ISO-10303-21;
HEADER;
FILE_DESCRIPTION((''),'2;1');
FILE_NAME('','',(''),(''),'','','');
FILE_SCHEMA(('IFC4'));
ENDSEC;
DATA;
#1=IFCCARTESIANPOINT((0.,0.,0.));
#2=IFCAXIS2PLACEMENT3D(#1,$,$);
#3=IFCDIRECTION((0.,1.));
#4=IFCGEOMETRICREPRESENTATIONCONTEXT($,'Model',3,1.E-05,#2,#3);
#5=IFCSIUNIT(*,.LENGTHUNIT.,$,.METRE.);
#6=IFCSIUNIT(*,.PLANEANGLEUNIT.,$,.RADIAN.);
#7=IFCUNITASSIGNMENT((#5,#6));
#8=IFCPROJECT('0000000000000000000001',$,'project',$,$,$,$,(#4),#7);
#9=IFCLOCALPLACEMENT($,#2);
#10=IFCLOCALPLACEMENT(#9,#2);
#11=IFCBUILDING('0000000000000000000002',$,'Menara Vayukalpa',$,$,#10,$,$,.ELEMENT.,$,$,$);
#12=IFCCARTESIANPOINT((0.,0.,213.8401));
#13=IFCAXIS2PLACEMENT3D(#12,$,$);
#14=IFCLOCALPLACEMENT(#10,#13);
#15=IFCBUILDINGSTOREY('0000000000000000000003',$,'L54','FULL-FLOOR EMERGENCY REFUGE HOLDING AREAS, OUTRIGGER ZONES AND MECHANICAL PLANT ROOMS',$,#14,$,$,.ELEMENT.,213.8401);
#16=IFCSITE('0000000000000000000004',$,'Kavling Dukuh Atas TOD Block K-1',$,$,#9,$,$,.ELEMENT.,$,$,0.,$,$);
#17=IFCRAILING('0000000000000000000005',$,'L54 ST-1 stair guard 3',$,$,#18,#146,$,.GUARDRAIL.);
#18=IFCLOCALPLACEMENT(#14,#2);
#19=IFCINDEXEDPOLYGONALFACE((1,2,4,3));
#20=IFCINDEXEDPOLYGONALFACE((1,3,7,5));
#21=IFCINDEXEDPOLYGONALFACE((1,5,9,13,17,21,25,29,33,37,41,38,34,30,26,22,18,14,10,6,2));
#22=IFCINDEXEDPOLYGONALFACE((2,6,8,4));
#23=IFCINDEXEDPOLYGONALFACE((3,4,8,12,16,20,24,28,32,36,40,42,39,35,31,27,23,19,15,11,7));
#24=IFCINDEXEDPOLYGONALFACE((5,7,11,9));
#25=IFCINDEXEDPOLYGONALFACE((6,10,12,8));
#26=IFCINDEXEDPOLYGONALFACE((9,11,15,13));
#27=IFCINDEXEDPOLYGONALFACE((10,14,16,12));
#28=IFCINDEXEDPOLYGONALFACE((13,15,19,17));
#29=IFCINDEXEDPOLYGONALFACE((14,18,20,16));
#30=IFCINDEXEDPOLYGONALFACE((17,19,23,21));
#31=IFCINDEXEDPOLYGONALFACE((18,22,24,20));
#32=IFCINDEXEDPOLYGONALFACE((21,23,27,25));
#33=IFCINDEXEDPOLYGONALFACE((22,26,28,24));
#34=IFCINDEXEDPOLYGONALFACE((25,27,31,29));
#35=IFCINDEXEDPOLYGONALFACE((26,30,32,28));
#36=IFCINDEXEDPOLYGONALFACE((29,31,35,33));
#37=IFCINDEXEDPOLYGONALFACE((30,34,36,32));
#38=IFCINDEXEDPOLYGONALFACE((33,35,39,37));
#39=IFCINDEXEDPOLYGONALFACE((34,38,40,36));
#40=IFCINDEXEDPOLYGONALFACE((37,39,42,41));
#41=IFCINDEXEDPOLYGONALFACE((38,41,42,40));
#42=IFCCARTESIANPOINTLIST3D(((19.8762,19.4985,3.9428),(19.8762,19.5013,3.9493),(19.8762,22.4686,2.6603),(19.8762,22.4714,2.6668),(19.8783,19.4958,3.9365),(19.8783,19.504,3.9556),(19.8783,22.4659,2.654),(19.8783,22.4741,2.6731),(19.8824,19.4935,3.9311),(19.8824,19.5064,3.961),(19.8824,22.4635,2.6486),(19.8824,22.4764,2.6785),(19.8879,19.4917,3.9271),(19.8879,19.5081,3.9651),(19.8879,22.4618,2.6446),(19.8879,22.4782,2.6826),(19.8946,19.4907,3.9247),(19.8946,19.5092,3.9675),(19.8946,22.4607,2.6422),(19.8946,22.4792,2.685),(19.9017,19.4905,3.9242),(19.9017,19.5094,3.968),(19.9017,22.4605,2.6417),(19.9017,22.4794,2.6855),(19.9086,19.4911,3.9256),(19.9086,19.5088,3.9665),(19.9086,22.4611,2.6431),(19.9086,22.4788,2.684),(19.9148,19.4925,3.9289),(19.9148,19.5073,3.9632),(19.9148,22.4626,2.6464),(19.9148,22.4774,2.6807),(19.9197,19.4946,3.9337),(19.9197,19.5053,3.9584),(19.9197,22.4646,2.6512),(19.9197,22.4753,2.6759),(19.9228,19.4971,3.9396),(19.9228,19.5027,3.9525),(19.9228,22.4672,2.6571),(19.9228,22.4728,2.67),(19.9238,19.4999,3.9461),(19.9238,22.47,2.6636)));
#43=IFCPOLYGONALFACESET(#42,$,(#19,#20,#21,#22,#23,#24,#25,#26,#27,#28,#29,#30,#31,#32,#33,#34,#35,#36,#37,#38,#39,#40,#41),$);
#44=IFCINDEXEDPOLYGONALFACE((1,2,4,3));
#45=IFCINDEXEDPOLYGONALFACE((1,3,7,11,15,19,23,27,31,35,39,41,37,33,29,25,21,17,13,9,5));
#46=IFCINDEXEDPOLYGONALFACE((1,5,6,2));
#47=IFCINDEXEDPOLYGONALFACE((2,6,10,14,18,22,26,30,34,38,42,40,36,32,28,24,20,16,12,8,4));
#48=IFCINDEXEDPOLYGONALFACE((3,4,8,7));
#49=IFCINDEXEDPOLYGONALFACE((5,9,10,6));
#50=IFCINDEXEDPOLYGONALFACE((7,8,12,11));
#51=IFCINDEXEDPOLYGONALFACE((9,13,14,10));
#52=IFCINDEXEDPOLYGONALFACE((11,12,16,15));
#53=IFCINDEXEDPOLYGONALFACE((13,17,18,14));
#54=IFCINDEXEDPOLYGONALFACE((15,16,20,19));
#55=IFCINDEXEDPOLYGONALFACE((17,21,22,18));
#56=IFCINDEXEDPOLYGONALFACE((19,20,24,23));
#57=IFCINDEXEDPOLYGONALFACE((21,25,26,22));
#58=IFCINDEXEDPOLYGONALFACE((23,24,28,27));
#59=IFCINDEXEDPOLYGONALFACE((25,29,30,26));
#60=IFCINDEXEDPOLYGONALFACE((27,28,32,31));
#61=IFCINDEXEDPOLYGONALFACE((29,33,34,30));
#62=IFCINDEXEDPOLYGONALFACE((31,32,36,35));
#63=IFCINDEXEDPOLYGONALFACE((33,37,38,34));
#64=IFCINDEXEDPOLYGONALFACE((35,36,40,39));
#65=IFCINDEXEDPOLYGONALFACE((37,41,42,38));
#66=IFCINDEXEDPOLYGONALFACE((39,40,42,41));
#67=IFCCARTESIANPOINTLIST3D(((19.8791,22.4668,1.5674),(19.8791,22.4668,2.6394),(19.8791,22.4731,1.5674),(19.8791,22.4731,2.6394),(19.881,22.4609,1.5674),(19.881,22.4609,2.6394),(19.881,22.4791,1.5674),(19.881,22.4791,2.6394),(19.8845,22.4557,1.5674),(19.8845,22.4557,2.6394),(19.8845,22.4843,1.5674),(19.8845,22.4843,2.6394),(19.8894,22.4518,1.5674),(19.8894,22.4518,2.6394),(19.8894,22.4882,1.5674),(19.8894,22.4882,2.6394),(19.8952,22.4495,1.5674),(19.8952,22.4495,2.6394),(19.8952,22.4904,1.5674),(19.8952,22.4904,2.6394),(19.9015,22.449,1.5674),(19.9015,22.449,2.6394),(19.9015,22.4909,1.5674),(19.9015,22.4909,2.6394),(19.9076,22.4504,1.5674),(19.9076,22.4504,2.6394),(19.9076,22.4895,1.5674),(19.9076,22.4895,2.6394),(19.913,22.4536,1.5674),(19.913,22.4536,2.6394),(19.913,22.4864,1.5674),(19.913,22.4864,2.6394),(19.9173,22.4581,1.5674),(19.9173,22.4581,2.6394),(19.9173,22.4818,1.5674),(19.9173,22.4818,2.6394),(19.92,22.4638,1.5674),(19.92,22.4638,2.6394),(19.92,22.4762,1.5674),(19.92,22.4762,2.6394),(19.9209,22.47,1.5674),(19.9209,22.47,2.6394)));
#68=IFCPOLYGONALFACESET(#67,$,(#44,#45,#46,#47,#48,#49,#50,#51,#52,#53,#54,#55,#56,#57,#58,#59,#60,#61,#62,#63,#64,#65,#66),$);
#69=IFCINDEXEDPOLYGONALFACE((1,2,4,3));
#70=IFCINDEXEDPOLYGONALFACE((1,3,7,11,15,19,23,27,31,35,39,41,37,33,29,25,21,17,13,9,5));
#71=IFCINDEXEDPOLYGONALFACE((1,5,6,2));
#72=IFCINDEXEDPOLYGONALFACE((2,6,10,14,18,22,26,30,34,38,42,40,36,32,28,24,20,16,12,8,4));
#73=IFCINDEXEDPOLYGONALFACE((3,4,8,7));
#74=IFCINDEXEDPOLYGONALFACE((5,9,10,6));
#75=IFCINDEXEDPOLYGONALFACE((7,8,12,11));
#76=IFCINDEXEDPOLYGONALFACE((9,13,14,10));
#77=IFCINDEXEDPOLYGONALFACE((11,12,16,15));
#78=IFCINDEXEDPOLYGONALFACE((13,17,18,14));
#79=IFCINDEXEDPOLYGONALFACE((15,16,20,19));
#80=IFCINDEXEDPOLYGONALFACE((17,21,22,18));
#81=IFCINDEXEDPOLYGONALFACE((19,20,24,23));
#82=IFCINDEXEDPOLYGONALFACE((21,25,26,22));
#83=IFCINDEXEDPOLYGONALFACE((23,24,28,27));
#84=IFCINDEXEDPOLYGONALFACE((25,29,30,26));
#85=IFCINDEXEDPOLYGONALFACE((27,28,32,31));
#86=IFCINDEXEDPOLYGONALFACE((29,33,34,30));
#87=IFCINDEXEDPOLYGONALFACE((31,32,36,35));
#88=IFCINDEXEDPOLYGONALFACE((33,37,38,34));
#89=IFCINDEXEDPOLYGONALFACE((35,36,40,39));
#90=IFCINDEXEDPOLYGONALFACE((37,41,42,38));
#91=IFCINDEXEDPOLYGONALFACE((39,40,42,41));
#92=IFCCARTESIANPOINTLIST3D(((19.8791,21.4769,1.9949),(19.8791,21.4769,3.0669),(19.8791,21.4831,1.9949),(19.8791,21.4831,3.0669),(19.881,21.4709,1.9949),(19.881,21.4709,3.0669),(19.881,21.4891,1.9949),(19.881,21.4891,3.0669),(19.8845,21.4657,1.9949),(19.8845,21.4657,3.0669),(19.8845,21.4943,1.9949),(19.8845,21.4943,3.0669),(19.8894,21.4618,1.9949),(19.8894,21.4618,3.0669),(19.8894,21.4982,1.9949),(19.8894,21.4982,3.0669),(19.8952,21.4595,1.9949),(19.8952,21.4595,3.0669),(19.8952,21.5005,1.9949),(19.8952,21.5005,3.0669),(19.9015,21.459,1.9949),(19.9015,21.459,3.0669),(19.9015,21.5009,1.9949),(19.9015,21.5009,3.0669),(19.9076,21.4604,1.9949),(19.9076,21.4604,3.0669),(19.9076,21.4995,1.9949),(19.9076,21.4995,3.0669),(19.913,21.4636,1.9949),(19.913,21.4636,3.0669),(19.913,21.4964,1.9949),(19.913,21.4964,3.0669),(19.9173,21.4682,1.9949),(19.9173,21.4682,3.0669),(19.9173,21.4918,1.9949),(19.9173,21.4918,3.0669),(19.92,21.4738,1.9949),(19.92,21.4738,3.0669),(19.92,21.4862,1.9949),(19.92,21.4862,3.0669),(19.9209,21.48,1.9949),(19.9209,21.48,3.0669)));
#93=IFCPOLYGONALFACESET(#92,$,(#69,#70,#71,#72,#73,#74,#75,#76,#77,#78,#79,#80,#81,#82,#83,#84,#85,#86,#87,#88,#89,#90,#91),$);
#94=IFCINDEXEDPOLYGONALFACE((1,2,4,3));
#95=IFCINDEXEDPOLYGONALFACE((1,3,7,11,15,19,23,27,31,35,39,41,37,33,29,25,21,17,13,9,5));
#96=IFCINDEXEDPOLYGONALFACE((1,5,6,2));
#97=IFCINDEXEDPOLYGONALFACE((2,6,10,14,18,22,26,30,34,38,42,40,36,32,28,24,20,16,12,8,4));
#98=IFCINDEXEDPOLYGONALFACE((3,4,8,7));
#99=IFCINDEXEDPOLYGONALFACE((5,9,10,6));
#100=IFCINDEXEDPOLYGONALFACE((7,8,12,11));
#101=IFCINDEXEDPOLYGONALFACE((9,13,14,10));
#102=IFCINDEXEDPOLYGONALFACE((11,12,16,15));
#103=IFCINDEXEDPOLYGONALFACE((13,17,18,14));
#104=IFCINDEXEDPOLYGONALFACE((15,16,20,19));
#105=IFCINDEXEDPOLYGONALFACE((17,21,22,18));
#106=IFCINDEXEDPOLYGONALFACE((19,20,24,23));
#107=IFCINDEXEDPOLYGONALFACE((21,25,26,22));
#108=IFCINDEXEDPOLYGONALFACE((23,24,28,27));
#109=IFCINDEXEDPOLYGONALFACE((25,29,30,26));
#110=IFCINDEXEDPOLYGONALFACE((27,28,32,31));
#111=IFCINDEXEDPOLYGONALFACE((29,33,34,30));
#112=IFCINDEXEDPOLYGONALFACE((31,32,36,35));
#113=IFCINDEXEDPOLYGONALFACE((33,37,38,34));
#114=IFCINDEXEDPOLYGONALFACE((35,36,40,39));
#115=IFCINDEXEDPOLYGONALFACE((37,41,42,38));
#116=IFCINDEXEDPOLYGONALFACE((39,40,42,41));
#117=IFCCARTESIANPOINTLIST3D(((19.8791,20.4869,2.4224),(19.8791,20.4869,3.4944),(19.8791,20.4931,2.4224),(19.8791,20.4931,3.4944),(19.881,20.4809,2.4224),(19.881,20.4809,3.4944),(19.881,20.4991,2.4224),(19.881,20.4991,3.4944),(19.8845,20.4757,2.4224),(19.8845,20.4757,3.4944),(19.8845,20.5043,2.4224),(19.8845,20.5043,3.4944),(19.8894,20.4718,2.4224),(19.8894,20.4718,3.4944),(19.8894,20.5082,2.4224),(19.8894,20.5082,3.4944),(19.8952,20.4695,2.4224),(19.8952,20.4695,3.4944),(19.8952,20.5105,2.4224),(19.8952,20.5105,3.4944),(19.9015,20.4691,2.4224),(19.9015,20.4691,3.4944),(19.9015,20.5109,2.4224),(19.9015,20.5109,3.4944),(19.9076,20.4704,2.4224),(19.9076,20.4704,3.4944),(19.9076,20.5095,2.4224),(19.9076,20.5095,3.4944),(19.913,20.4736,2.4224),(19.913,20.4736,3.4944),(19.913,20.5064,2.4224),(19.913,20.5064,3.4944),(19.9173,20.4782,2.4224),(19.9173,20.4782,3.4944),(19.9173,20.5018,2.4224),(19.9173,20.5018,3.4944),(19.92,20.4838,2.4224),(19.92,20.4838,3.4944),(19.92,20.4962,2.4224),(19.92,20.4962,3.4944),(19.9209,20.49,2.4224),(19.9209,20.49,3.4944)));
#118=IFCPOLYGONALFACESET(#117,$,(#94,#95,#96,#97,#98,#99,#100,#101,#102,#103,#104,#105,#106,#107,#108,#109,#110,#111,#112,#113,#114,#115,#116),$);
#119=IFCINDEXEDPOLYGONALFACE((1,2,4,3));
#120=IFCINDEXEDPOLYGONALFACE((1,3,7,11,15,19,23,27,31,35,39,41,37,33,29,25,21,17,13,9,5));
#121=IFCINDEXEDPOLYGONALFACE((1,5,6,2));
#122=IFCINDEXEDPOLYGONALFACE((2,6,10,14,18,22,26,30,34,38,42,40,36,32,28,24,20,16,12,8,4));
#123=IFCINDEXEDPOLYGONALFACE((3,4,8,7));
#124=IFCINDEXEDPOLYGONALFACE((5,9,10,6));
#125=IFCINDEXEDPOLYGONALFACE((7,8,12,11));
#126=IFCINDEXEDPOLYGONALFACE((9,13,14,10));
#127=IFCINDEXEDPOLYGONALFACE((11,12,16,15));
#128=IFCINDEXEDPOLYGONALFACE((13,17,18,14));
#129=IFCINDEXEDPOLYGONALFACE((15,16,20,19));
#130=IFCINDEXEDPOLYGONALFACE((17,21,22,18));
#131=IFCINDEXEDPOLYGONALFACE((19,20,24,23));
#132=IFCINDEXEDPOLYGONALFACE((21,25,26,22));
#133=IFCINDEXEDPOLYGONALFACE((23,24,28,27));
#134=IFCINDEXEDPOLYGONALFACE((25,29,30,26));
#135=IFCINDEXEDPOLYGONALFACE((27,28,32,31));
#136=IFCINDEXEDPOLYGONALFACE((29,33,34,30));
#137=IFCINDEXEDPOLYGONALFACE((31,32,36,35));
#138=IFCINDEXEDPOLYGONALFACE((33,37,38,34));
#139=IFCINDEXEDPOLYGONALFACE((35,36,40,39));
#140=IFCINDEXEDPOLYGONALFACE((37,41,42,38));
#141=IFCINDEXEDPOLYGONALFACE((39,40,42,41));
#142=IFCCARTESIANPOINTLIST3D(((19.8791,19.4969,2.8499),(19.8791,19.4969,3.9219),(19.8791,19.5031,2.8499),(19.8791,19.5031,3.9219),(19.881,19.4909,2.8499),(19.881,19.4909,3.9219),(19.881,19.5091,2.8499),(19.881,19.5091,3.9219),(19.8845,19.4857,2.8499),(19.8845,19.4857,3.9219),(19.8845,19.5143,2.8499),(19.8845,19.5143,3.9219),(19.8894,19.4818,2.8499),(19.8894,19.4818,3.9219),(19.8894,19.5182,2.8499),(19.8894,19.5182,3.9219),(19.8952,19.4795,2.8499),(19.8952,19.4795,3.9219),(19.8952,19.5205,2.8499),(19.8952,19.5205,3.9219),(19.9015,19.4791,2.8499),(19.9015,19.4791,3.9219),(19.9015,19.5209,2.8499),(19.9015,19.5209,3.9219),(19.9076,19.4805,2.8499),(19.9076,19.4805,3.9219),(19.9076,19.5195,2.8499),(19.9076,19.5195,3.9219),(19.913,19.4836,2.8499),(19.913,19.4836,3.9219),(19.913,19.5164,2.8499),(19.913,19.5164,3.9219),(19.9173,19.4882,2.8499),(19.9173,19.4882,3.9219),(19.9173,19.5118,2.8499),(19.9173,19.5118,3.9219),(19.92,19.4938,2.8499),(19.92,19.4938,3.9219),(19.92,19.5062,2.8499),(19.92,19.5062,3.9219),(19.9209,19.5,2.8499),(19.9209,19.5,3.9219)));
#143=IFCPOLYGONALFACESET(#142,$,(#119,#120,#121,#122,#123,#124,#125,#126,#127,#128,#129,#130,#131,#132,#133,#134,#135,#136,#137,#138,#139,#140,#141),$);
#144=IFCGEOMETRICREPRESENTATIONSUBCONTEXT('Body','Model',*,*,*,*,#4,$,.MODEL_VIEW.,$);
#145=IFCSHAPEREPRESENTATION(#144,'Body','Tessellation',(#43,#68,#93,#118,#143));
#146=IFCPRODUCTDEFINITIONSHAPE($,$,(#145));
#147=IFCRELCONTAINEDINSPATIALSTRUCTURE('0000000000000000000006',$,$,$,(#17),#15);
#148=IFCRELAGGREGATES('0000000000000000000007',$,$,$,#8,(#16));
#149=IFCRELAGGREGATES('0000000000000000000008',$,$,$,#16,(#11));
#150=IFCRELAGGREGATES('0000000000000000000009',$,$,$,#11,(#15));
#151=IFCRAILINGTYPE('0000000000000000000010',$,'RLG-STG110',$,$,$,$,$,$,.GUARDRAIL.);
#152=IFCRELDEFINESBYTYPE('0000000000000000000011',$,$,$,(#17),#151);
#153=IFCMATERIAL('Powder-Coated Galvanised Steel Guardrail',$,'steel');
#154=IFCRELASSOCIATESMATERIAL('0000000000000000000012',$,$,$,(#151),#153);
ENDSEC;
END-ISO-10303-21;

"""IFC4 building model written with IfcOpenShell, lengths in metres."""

from ifc_helpers import new_model, si_unit, direction, frame, origin, origin_2d, place, context, subcontext, project, spatial, circle, extrude, material, type_object, element, save


model = new_model("IFC4")

# Units and contexts
model_context = context("Model", 3, precision=1e-05, world=origin(), true_north=direction((0.0, 1.0)))
body_context = subcontext(model_context, "Body", "Model", "MODEL_VIEW")
ifc_project = project(units=[si_unit("LENGTHUNIT", "METRE"), si_unit("PLANEANGLEUNIT", "RADIAN")], contexts=[model_context])

# Site, building, storey
site_placement = place(None, origin())
site = spatial("IfcSite", under=ifc_project, at=site_placement, Name="Kavling Dukuh Atas TOD Block K-1", CompositionType="ELEMENT", RefElevation=0.0)
building_placement = place(site_placement, origin())
building = spatial("IfcBuilding", under=site, at=building_placement, Name="Menara Vayukalpa", CompositionType="ELEMENT")
storey_placement = place(building_placement, frame((0.0, 0.0, 213.8401)))
storey = spatial("IfcBuildingStorey", under=building, at=storey_placement, Name="L54", Description="FULL-FLOOR EMERGENCY REFUGE HOLDING AREAS, OUTRIGGER ZONES AND MECHANICAL PLANT ROOMS", CompositionType="ELEMENT", Elevation=213.8401)

# Railing
ifc_material_1 = material(Name="Powder-Coated Galvanised Steel Guardrail", Category="steel")
railing_type_1 = type_object("IfcRailingType", Name="RLG-STG110", PredefinedType="GUARDRAIL", material=ifc_material_1)
railing_1_placement = place(storey_placement, frame((19.8999, 22.47, 1.5674)))
element("IfcRailing", 1, at=railing_1_placement, inside=storey, type_object=railing_type_1, Name="L54 ST-1 stair guard 3", PredefinedType="GUARDRAIL", context=body_context, shape_type="SweptSolid", body=[
    extrude(circle(Radius=0.0239, at=origin_2d()), frame((0.0, 0.0, 1.0962), z_axis=(0.0, -0.918064, 0.396432), x_axis=(1.0, 0.0, 0.0)), (0.0, 0.0, 1.0), 3.2351),
    extrude(circle(Radius=0.021, at=origin_2d()), origin(), (0.0, 0.0, 1.0), 1.072),
    extrude(circle(Radius=0.021, at=origin_2d()), frame((0.0, -0.99, 0.4275)), (0.0, 0.0, 1.0), 1.072),
    extrude(circle(Radius=0.021, at=origin_2d()), frame((0.0, -1.98, 0.855)), (0.0, 0.0, 1.0), 1.072),
    extrude(circle(Radius=0.021, at=origin_2d()), frame((0.0, -2.97, 1.2825)), (0.0, 0.0, 1.0), 1.072),
])

save(model, "model.ifc")
